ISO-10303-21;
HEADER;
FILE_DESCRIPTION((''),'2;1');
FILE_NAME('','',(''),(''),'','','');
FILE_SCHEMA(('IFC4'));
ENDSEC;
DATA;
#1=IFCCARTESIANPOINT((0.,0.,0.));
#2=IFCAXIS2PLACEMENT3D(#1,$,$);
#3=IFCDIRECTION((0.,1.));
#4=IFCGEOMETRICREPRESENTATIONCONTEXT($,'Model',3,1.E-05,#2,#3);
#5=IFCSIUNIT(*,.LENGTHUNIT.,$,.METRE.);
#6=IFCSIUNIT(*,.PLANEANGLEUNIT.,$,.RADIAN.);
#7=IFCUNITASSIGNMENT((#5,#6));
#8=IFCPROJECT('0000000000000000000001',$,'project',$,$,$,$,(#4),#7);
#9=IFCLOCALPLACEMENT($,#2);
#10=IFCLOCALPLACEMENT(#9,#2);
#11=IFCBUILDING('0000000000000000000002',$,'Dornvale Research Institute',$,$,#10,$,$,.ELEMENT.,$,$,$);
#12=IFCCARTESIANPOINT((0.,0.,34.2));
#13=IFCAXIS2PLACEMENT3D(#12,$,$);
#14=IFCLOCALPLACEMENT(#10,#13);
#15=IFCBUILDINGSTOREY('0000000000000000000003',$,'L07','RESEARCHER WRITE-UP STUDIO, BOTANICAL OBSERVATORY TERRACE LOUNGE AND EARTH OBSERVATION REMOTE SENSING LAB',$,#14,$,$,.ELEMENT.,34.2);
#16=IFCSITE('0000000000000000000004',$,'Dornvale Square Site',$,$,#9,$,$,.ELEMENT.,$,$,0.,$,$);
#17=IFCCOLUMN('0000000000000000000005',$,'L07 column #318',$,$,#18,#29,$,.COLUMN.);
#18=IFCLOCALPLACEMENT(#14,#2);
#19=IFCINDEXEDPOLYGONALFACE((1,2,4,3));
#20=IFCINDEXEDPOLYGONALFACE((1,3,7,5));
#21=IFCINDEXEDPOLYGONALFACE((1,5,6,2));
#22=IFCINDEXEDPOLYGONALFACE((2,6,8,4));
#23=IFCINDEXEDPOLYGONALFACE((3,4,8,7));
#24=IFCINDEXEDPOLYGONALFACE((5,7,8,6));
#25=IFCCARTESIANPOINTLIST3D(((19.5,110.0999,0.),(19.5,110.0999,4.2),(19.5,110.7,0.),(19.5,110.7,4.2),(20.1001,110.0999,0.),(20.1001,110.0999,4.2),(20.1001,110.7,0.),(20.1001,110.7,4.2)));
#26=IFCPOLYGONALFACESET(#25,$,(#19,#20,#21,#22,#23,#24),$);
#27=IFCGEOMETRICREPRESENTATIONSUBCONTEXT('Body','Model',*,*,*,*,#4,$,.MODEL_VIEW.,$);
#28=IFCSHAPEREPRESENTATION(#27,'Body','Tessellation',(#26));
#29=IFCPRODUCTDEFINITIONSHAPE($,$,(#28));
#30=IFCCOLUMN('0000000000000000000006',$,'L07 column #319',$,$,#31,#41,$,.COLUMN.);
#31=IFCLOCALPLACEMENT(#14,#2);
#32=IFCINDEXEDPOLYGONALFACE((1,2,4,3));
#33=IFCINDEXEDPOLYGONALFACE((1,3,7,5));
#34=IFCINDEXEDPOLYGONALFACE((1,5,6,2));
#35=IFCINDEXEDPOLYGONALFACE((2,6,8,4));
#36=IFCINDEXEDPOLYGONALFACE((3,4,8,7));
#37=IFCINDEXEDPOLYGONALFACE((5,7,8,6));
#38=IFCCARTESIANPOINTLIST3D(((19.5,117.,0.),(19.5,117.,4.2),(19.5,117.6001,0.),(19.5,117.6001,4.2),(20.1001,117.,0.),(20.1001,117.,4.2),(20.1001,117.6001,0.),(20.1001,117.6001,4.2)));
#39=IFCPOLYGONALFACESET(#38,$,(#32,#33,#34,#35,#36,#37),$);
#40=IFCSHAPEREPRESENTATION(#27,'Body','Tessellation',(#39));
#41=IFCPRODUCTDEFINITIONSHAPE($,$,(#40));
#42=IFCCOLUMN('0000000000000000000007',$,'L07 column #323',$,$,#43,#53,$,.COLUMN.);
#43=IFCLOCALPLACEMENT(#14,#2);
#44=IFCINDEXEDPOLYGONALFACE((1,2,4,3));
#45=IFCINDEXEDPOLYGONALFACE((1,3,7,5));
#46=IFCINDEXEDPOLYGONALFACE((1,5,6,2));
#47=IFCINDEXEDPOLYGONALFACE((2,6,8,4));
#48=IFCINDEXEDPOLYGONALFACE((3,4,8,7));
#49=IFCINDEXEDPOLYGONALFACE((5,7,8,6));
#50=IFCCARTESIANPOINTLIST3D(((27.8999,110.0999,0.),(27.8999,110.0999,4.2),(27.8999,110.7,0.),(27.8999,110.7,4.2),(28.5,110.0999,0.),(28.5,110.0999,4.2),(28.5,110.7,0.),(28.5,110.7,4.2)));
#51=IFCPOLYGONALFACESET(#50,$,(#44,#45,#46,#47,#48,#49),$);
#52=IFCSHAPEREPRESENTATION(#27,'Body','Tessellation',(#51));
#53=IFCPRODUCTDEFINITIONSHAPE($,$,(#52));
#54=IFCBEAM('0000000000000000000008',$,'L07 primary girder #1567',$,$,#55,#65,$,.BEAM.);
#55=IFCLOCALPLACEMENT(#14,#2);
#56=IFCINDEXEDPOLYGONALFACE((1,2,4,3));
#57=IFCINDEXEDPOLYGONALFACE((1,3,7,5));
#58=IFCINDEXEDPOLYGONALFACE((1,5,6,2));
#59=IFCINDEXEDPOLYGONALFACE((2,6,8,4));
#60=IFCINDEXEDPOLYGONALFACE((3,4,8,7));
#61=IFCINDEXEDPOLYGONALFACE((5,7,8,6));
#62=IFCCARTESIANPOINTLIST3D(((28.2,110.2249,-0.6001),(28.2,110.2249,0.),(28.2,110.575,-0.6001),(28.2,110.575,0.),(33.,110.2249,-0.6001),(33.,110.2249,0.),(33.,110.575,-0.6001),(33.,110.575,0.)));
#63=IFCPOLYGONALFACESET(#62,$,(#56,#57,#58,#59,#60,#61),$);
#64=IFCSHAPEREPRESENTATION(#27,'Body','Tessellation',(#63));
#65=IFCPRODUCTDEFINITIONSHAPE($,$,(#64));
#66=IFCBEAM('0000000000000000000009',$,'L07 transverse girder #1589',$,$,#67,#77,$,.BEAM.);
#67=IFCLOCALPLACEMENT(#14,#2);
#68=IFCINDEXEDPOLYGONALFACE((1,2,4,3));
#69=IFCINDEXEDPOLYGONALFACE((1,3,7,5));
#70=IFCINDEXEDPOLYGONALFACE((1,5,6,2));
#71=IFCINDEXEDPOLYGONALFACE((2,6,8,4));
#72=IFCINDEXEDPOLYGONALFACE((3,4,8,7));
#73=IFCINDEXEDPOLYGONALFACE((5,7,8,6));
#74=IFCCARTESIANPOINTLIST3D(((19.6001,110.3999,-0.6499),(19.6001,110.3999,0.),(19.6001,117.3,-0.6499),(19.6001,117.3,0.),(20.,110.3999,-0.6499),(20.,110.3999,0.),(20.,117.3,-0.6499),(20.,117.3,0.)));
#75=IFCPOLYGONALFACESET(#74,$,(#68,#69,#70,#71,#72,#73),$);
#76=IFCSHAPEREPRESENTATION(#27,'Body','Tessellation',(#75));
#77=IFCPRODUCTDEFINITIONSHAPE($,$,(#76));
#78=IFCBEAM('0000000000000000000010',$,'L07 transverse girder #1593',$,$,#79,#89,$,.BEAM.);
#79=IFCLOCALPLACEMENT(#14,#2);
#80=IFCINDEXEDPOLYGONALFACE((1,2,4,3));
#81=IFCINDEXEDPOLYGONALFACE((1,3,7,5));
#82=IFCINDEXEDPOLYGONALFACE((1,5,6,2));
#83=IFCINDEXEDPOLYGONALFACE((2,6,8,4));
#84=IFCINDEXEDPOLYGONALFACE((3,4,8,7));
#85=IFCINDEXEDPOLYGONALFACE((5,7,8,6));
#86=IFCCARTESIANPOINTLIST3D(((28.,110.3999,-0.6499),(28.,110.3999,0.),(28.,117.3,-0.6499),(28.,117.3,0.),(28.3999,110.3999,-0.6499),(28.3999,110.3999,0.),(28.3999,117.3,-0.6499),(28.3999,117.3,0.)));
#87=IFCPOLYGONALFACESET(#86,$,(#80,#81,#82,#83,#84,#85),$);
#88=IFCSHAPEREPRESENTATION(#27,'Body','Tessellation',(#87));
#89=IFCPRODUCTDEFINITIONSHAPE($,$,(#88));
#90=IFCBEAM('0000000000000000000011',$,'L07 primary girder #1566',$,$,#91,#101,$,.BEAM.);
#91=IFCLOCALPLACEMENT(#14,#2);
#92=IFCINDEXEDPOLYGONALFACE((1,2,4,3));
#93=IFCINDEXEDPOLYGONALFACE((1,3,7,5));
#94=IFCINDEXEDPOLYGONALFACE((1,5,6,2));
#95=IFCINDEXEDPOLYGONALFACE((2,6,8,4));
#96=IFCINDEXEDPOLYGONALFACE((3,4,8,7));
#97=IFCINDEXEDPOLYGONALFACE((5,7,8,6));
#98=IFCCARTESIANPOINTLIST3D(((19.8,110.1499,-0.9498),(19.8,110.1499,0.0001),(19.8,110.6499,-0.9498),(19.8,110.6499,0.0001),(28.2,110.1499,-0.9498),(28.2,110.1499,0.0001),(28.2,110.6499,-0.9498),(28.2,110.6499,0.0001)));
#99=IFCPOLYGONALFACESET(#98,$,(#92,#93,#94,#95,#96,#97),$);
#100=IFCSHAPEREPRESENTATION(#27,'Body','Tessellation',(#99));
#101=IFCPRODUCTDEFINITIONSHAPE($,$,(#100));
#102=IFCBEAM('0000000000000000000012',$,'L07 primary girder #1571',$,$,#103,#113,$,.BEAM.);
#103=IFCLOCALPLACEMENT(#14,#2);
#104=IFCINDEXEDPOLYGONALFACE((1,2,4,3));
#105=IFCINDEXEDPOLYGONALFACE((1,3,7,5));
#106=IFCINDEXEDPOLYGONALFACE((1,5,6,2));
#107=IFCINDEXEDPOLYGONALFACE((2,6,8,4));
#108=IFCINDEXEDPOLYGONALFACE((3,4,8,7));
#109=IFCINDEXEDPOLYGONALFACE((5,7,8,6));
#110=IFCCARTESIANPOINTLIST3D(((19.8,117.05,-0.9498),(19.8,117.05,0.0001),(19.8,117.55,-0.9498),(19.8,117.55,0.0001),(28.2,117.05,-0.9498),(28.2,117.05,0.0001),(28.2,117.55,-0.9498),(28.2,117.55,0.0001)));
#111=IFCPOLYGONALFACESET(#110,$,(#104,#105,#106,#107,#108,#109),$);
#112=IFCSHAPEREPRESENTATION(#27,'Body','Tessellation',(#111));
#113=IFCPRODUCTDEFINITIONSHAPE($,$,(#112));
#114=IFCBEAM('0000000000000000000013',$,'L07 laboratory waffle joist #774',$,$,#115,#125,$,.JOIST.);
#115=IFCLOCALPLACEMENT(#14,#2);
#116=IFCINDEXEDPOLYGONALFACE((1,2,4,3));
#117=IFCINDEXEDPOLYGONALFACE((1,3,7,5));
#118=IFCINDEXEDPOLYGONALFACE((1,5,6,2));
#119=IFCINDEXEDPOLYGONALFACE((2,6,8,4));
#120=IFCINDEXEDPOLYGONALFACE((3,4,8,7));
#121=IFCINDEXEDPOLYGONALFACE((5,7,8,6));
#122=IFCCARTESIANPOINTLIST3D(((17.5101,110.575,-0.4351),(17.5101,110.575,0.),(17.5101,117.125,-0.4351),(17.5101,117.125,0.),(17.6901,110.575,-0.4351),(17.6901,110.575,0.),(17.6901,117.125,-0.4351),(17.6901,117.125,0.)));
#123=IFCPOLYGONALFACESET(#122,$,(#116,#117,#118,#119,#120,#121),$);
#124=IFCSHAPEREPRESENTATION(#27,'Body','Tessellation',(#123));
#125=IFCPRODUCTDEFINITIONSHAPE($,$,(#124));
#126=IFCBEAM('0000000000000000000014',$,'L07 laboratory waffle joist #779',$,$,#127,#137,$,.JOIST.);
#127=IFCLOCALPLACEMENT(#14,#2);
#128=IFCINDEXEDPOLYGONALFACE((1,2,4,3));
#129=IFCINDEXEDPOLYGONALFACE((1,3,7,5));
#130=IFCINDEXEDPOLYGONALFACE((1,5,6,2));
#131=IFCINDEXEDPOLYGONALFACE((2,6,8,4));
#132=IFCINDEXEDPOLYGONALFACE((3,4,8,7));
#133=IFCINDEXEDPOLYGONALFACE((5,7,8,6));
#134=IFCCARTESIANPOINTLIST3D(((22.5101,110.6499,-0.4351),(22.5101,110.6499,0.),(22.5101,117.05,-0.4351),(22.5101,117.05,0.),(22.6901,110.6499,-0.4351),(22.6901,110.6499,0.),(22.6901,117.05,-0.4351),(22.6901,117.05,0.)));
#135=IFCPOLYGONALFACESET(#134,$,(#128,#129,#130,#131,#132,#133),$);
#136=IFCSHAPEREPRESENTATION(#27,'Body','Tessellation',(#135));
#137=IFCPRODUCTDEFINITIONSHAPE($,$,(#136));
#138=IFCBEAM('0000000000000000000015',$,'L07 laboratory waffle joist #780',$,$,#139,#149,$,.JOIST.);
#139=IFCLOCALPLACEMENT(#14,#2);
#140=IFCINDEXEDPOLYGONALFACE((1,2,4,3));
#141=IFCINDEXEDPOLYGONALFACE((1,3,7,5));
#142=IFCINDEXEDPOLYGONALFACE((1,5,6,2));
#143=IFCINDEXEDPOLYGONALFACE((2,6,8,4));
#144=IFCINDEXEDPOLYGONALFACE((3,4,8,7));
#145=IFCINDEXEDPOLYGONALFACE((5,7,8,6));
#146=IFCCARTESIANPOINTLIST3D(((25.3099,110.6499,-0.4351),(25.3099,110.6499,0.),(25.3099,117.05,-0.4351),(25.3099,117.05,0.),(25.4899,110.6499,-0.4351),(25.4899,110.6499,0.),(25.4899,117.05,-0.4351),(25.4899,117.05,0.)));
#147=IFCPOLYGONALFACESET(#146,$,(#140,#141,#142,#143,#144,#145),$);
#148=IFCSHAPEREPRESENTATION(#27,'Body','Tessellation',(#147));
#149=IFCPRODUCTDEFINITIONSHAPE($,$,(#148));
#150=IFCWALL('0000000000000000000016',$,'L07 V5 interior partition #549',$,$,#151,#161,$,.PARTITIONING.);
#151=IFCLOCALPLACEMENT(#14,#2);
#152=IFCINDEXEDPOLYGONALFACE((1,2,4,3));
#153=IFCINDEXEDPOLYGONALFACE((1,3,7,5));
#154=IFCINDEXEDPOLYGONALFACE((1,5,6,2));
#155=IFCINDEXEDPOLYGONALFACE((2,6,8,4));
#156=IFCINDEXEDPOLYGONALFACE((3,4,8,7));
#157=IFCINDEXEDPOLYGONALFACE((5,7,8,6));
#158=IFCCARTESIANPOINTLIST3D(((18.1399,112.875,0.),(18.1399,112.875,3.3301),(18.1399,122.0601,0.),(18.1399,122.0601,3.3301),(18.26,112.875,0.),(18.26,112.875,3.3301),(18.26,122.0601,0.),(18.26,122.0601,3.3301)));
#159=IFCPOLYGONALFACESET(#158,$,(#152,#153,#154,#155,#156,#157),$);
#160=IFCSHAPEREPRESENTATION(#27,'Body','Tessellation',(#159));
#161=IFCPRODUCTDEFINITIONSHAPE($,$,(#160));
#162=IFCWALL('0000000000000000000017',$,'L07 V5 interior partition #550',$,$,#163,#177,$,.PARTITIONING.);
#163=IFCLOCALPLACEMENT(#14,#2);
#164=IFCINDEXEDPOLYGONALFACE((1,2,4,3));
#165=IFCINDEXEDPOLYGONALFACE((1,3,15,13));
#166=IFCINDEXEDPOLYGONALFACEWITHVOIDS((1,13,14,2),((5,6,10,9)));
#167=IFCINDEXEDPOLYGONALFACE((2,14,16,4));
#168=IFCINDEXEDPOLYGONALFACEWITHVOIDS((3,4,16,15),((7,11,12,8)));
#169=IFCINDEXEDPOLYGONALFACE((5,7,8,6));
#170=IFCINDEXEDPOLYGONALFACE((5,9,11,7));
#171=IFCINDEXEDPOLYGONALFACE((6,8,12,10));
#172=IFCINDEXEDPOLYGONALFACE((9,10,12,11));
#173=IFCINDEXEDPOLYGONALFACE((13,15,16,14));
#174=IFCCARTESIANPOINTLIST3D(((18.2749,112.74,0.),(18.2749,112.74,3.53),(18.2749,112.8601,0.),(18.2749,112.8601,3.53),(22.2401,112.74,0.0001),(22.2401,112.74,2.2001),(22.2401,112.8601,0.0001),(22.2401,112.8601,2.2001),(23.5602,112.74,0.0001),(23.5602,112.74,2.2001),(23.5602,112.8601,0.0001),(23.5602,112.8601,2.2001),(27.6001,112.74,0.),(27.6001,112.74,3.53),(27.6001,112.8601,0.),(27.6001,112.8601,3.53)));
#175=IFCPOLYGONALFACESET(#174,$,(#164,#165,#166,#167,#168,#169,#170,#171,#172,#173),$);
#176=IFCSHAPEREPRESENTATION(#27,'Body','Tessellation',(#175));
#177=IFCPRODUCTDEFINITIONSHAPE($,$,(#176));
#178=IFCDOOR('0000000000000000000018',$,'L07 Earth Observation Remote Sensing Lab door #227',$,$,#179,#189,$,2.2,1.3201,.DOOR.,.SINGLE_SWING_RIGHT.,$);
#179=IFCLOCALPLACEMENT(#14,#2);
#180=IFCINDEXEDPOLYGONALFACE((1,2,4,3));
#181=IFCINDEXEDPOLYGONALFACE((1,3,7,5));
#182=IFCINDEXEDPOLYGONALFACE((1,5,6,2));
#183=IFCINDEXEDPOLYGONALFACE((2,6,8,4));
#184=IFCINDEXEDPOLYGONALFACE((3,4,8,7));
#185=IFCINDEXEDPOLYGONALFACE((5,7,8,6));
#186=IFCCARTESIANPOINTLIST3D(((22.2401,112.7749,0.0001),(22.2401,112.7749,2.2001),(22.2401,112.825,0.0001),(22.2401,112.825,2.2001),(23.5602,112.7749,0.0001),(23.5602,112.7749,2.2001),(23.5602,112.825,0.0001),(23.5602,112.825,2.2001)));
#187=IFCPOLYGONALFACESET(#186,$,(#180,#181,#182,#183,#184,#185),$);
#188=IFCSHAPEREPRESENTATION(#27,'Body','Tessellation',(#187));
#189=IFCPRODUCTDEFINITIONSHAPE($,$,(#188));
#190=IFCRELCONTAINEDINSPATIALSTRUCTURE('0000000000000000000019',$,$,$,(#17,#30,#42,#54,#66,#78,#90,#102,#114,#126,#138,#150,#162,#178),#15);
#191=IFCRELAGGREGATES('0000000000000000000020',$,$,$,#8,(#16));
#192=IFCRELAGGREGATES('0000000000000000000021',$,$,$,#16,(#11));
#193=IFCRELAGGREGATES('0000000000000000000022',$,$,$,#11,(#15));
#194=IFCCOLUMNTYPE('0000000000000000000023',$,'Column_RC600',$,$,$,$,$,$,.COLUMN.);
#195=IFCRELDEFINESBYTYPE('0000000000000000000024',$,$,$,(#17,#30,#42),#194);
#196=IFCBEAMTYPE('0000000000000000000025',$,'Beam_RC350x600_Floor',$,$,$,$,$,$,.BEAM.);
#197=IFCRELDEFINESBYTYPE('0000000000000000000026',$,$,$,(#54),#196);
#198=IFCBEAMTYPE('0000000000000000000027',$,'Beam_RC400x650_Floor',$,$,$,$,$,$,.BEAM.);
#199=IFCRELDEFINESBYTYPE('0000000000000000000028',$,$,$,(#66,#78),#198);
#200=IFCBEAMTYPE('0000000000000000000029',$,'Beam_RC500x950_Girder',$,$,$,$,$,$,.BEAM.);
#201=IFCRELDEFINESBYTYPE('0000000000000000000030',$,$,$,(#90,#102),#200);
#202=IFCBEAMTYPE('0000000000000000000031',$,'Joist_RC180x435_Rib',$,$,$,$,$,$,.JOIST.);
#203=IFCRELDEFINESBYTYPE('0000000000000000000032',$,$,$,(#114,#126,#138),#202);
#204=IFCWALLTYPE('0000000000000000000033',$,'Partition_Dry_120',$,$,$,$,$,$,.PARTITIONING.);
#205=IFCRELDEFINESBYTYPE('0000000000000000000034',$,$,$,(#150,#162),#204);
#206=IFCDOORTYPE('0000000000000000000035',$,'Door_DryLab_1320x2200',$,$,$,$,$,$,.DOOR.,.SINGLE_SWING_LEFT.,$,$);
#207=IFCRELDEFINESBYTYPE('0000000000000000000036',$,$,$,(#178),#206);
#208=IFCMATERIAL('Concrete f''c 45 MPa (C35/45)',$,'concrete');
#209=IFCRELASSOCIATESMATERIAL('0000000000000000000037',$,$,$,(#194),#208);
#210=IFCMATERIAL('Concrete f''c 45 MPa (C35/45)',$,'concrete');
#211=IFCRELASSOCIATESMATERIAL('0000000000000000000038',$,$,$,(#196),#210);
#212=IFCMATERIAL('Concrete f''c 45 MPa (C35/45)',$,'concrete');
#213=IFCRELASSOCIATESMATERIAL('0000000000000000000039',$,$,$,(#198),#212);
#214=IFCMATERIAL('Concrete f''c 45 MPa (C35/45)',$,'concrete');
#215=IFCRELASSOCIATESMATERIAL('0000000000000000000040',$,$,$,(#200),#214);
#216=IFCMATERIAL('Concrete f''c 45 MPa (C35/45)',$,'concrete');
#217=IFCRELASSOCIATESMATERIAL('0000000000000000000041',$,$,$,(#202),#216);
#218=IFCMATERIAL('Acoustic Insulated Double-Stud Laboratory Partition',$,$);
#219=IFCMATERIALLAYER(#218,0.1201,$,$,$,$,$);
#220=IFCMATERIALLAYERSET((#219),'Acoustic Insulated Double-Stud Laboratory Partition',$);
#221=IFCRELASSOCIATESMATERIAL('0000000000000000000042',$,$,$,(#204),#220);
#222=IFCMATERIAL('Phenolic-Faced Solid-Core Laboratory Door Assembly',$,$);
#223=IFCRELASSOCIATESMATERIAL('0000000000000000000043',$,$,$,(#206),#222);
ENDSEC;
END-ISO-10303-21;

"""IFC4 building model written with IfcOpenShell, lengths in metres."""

from ifc_helpers import new_model, si_unit, direction, frame, frame_2d, origin, origin_2d, place, context, subcontext, project, spatial, rectangle, extrude, material, layer, layer_set, material_profile, profile_set, type_object, element, fill, save


model = new_model("IFC4")

# Units and contexts
model_context = context("Model", 3, precision=1e-05, world=origin(), true_north=direction((0.0, 1.0)))
body_context = subcontext(model_context, "Body", "Model", "MODEL_VIEW")
ifc_project = project(units=[si_unit("LENGTHUNIT", "METRE"), si_unit("PLANEANGLEUNIT", "RADIAN")], contexts=[model_context])

# Site, building, storey
site_placement = place(None, origin())
site = spatial("IfcSite", under=ifc_project, at=site_placement, Name="Dornvale Square Site", CompositionType="ELEMENT", RefElevation=0.0)
building_placement = place(site_placement, origin())
building = spatial("IfcBuilding", under=site, at=building_placement, Name="Dornvale Research Institute", CompositionType="ELEMENT")
storey_placement = place(building_placement, frame((0.0, 0.0, 34.2)))
storey = spatial("IfcBuildingStorey", under=building, at=storey_placement, Name="L07", Description="RESEARCHER WRITE-UP STUDIO, BOTANICAL OBSERVATORY TERRACE LOUNGE AND EARTH OBSERVATION REMOTE SENSING LAB", CompositionType="ELEMENT", Elevation=34.2)

# Columns
ifc_material_1 = material(Name="Concrete f'c 45 MPa (C35/45)", Category="concrete")
ifc_material_profile_1 = material_profile(ifc_material_1, rectangle(XDim=0.6001, YDim=0.6001, at=origin_2d()), Name="RC 600x600")
ifc_profile_set_1 = profile_set([ifc_material_profile_1], Name="Concrete f'c 45 MPa (C35/45)")
column_type = type_object("IfcColumnType", Name="Column_RC600", PredefinedType="COLUMN", material=ifc_profile_set_1)
for number, where, z_axis, x_axis, name in (
    (1, (19.8, 110.3999, 0.0), (0.0, 0.0, 1.0), (1.0, 0.0, 0.0), "L07 column #318"),
    (2, (19.8, 117.3, 0.0), (0.0, 0.0, 1.0), (1.0, 0.0, 0.0), "L07 column #319"),
    (3, (28.2, 110.3999, 0.0), (0.0, 0.0, 1.0), (1.0, 0.0, 0.0), "L07 column #323"),
):
    element("IfcColumn", number, at=place(storey_placement, frame(where, z_axis=z_axis, x_axis=x_axis)), inside=storey, type_object=column_type, Name=name, PredefinedType="COLUMN", context=body_context, shape_type="SweptSolid", body=[
        extrude(rectangle(XDim=0.6001, YDim=0.6001, at=origin_2d()), origin(), (0.0, 0.0, 1.0), 4.2),
    ])

# Beams
ifc_material_2 = material(Name="Concrete f'c 45 MPa (C35/45)", Category="concrete")
ifc_material_profile_2 = material_profile(ifc_material_2, rectangle(XDim=0.3501, YDim=0.6001, at=origin_2d()), Name="RC 350x600")
ifc_profile_set_2 = profile_set([ifc_material_profile_2], Name="Concrete f'c 45 MPa (C35/45)")
beam_type_1 = type_object("IfcBeamType", Name="Beam_RC350x600_Floor", PredefinedType="BEAM", material=ifc_profile_set_2)
beam_1_placement = place(storey_placement, frame((28.2, 110.3999, -0.3), z_axis=(1.0, 0.0, 0.0), x_axis=(0.0, 1.0, 0.0)))
element("IfcBeam", 4, at=beam_1_placement, inside=storey, type_object=beam_type_1, Name="L07 primary girder #1567", PredefinedType="BEAM", context=body_context, shape_type="SweptSolid", body=[
    extrude(rectangle(XDim=0.3501, YDim=0.6001, at=origin_2d()), origin(), (0.0, 0.0, 1.0), 4.8),
])
ifc_material_3 = material(Name="Concrete f'c 45 MPa (C35/45)", Category="concrete")
ifc_material_profile_3 = material_profile(ifc_material_3, rectangle(XDim=0.3999, YDim=0.6499, at=origin_2d()), Name="RC 400x650")
ifc_profile_set_3 = profile_set([ifc_material_profile_3], Name="Concrete f'c 45 MPa (C35/45)")
beam_type_2 = type_object("IfcBeamType", Name="Beam_RC400x650_Floor", PredefinedType="BEAM", material=ifc_profile_set_3)
for number, where, z_axis, x_axis, name in (
    (5, (19.8, 110.3999, -0.325), (0.0, 1.0, 0.0), (-1.0, 0.0, 0.0), "L07 transverse girder #1589"),
    (6, (28.2, 110.3999, -0.325), (0.0, 1.0, 0.0), (-1.0, 0.0, 0.0), "L07 transverse girder #1593"),
):
    element("IfcBeam", number, at=place(storey_placement, frame(where, z_axis=z_axis, x_axis=x_axis)), inside=storey, type_object=beam_type_2, Name=name, PredefinedType="BEAM", context=body_context, shape_type="SweptSolid", body=[
        extrude(rectangle(XDim=0.3999, YDim=0.6499, at=origin_2d()), origin(), (0.0, 0.0, 1.0), 6.9001),
    ])
ifc_material_4 = material(Name="Concrete f'c 45 MPa (C35/45)", Category="concrete")
ifc_material_profile_4 = material_profile(ifc_material_4, rectangle(XDim=0.5, YDim=0.95, at=origin_2d()), Name="RC 500x950")
ifc_profile_set_4 = profile_set([ifc_material_profile_4], Name="Concrete f'c 45 MPa (C35/45)")
beam_type_3 = type_object("IfcBeamType", Name="Beam_RC500x950_Girder", PredefinedType="BEAM", material=ifc_profile_set_4)
for number, where, z_axis, x_axis, name in (
    (7, (19.8, 110.3999, -0.4749), (1.0, 0.0, 0.0), (0.0, 1.0, 0.0), "L07 primary girder #1566"),
    (8, (19.8, 117.3, -0.4749), (1.0, 0.0, 0.0), (0.0, 1.0, 0.0), "L07 primary girder #1571"),
):
    element("IfcBeam", number, at=place(storey_placement, frame(where, z_axis=z_axis, x_axis=x_axis)), inside=storey, type_object=beam_type_3, Name=name, PredefinedType="BEAM", context=body_context, shape_type="SweptSolid", body=[
        extrude(rectangle(XDim=0.5, YDim=0.95, at=origin_2d()), origin(), (0.0, 0.0, 1.0), 8.3999),
    ])
ifc_material_5 = material(Name="Concrete f'c 45 MPa (C35/45)", Category="concrete")
ifc_material_profile_5 = material_profile(ifc_material_5, rectangle(XDim=0.1799, YDim=0.4351, at=origin_2d()), Name="RC 180x435")
ifc_profile_set_5 = profile_set([ifc_material_profile_5], Name="Concrete f'c 45 MPa (C35/45)")
beam_type_4 = type_object("IfcBeamType", Name="Joist_RC180x435_Rib", PredefinedType="JOIST", material=ifc_profile_set_5)
beam_2_placement = place(storey_placement, frame((17.6001, 110.575, -0.2175), z_axis=(0.0, 1.0, 0.0), x_axis=(-1.0, 0.0, 0.0)))
element("IfcBeam", 9, at=beam_2_placement, inside=storey, type_object=beam_type_4, Name="L07 laboratory waffle joist #774", PredefinedType="JOIST", context=body_context, shape_type="SweptSolid", body=[
    extrude(rectangle(XDim=0.1799, YDim=0.4351, at=origin_2d()), origin(), (0.0, 0.0, 1.0), 6.55),
])
for number, where, z_axis, x_axis, name in (
    (10, (22.6001, 110.6499, -0.2175), (0.0, 1.0, 0.0), (-1.0, 0.0, 0.0), "L07 laboratory waffle joist #779"),
    (11, (25.3999, 110.6499, -0.2175), (0.0, 1.0, 0.0), (-1.0, 0.0, 0.0), "L07 laboratory waffle joist #780"),
):
    element("IfcBeam", number, at=place(storey_placement, frame(where, z_axis=z_axis, x_axis=x_axis)), inside=storey, type_object=beam_type_4, Name=name, PredefinedType="JOIST", context=body_context, shape_type="SweptSolid", body=[
        extrude(rectangle(XDim=0.1799, YDim=0.4351, at=origin_2d()), origin(), (0.0, 0.0, 1.0), 6.4001),
    ])

# Wall
ifc_material_6 = material(Name="Acoustic Insulated Double-Stud Laboratory Partition")
ifc_layer_1 = layer(ifc_material_6, 0.1201)
ifc_layer_set_1 = layer_set([ifc_layer_1], Name="Acoustic Insulated Double-Stud Laboratory Partition")
wall_type_1 = type_object("IfcWallType", Name="Partition_Dry_120", PredefinedType="PARTITIONING", material=ifc_layer_set_1)
wall_1_placement = place(storey_placement, frame((18.2, 112.875, 0.0), z_axis=(0.0, 0.0, 1.0), x_axis=(0.0, 1.0, 0.0)))
element("IfcWall", 12, at=wall_1_placement, inside=storey, type_object=wall_type_1, Name="L07 V5 interior partition #549", PredefinedType="PARTITIONING", context=body_context, shape_type="SweptSolid", body=[
    extrude(rectangle(XDim=9.1851, YDim=0.1201, at=frame_2d((4.5925, 0.0))), origin(), (0.0, 0.0, 1.0), 3.3301),
])

# Wall, opening, door
wall_2_placement = place(storey_placement, frame((18.2749, 112.8, 0.0), z_axis=(0.0, 0.0, 1.0), x_axis=(1.0, 0.0, 0.0)))
wall_2 = element("IfcWall", 13, at=wall_2_placement, inside=storey, type_object=wall_type_1, Name="L07 V5 interior partition #550", PredefinedType="PARTITIONING", context=body_context, shape_type="SweptSolid", body=[
    extrude(rectangle(XDim=9.3252, YDim=0.1201, at=frame_2d((4.6626, 0.0))), origin(), (0.0, 0.0, 1.0), 3.53),
])
opening_1_placement = place(wall_2_placement, frame((3.9651, 0.0, 0.0)))
opening_1 = element("IfcOpeningElement", 14, at=opening_1_placement, cuts=wall_2, PredefinedType="OPENING", context=body_context, shape_type="SweptSolid", body=[
    extrude(rectangle(XDim=1.3201, YDim=2.2, at=frame_2d((0.6602, 1.1001))), frame((0.0, 0.075, 0.0), z_axis=(0.0, -1.0, 0.0), x_axis=(1.0, 0.0, 0.0)), (0.0, 0.0, 1.0), 0.1501),
])
ifc_material_7 = material(Name="Phenolic-Faced Solid-Core Laboratory Door Assembly")
door_type_1 = type_object("IfcDoorType", Name="Door_DryLab_1320x2200", OperationType="SINGLE_SWING_LEFT", PredefinedType="DOOR", material=ifc_material_7)
door_1_placement = place(opening_1_placement, origin())
door_1 = element("IfcDoor", 15, at=door_1_placement, inside=storey, type_object=door_type_1, Name="L07 Earth Observation Remote Sensing Lab door #227", OperationType="SINGLE_SWING_RIGHT", OverallHeight=2.2, OverallWidth=1.3201, PredefinedType="DOOR", context=body_context, shape_type="SweptSolid", body=[
    extrude(rectangle(XDim=1.3201, YDim=2.2, at=frame_2d((0.6602, 1.1001))), frame((0.0, 0.0249, 0.0), z_axis=(0.0, -1.0, 0.0), x_axis=(1.0, 0.0, 0.0)), (0.0, 0.0, 1.0), 0.05),
])
fill(opening_1, door_1)

save(model, "model.ifc")
